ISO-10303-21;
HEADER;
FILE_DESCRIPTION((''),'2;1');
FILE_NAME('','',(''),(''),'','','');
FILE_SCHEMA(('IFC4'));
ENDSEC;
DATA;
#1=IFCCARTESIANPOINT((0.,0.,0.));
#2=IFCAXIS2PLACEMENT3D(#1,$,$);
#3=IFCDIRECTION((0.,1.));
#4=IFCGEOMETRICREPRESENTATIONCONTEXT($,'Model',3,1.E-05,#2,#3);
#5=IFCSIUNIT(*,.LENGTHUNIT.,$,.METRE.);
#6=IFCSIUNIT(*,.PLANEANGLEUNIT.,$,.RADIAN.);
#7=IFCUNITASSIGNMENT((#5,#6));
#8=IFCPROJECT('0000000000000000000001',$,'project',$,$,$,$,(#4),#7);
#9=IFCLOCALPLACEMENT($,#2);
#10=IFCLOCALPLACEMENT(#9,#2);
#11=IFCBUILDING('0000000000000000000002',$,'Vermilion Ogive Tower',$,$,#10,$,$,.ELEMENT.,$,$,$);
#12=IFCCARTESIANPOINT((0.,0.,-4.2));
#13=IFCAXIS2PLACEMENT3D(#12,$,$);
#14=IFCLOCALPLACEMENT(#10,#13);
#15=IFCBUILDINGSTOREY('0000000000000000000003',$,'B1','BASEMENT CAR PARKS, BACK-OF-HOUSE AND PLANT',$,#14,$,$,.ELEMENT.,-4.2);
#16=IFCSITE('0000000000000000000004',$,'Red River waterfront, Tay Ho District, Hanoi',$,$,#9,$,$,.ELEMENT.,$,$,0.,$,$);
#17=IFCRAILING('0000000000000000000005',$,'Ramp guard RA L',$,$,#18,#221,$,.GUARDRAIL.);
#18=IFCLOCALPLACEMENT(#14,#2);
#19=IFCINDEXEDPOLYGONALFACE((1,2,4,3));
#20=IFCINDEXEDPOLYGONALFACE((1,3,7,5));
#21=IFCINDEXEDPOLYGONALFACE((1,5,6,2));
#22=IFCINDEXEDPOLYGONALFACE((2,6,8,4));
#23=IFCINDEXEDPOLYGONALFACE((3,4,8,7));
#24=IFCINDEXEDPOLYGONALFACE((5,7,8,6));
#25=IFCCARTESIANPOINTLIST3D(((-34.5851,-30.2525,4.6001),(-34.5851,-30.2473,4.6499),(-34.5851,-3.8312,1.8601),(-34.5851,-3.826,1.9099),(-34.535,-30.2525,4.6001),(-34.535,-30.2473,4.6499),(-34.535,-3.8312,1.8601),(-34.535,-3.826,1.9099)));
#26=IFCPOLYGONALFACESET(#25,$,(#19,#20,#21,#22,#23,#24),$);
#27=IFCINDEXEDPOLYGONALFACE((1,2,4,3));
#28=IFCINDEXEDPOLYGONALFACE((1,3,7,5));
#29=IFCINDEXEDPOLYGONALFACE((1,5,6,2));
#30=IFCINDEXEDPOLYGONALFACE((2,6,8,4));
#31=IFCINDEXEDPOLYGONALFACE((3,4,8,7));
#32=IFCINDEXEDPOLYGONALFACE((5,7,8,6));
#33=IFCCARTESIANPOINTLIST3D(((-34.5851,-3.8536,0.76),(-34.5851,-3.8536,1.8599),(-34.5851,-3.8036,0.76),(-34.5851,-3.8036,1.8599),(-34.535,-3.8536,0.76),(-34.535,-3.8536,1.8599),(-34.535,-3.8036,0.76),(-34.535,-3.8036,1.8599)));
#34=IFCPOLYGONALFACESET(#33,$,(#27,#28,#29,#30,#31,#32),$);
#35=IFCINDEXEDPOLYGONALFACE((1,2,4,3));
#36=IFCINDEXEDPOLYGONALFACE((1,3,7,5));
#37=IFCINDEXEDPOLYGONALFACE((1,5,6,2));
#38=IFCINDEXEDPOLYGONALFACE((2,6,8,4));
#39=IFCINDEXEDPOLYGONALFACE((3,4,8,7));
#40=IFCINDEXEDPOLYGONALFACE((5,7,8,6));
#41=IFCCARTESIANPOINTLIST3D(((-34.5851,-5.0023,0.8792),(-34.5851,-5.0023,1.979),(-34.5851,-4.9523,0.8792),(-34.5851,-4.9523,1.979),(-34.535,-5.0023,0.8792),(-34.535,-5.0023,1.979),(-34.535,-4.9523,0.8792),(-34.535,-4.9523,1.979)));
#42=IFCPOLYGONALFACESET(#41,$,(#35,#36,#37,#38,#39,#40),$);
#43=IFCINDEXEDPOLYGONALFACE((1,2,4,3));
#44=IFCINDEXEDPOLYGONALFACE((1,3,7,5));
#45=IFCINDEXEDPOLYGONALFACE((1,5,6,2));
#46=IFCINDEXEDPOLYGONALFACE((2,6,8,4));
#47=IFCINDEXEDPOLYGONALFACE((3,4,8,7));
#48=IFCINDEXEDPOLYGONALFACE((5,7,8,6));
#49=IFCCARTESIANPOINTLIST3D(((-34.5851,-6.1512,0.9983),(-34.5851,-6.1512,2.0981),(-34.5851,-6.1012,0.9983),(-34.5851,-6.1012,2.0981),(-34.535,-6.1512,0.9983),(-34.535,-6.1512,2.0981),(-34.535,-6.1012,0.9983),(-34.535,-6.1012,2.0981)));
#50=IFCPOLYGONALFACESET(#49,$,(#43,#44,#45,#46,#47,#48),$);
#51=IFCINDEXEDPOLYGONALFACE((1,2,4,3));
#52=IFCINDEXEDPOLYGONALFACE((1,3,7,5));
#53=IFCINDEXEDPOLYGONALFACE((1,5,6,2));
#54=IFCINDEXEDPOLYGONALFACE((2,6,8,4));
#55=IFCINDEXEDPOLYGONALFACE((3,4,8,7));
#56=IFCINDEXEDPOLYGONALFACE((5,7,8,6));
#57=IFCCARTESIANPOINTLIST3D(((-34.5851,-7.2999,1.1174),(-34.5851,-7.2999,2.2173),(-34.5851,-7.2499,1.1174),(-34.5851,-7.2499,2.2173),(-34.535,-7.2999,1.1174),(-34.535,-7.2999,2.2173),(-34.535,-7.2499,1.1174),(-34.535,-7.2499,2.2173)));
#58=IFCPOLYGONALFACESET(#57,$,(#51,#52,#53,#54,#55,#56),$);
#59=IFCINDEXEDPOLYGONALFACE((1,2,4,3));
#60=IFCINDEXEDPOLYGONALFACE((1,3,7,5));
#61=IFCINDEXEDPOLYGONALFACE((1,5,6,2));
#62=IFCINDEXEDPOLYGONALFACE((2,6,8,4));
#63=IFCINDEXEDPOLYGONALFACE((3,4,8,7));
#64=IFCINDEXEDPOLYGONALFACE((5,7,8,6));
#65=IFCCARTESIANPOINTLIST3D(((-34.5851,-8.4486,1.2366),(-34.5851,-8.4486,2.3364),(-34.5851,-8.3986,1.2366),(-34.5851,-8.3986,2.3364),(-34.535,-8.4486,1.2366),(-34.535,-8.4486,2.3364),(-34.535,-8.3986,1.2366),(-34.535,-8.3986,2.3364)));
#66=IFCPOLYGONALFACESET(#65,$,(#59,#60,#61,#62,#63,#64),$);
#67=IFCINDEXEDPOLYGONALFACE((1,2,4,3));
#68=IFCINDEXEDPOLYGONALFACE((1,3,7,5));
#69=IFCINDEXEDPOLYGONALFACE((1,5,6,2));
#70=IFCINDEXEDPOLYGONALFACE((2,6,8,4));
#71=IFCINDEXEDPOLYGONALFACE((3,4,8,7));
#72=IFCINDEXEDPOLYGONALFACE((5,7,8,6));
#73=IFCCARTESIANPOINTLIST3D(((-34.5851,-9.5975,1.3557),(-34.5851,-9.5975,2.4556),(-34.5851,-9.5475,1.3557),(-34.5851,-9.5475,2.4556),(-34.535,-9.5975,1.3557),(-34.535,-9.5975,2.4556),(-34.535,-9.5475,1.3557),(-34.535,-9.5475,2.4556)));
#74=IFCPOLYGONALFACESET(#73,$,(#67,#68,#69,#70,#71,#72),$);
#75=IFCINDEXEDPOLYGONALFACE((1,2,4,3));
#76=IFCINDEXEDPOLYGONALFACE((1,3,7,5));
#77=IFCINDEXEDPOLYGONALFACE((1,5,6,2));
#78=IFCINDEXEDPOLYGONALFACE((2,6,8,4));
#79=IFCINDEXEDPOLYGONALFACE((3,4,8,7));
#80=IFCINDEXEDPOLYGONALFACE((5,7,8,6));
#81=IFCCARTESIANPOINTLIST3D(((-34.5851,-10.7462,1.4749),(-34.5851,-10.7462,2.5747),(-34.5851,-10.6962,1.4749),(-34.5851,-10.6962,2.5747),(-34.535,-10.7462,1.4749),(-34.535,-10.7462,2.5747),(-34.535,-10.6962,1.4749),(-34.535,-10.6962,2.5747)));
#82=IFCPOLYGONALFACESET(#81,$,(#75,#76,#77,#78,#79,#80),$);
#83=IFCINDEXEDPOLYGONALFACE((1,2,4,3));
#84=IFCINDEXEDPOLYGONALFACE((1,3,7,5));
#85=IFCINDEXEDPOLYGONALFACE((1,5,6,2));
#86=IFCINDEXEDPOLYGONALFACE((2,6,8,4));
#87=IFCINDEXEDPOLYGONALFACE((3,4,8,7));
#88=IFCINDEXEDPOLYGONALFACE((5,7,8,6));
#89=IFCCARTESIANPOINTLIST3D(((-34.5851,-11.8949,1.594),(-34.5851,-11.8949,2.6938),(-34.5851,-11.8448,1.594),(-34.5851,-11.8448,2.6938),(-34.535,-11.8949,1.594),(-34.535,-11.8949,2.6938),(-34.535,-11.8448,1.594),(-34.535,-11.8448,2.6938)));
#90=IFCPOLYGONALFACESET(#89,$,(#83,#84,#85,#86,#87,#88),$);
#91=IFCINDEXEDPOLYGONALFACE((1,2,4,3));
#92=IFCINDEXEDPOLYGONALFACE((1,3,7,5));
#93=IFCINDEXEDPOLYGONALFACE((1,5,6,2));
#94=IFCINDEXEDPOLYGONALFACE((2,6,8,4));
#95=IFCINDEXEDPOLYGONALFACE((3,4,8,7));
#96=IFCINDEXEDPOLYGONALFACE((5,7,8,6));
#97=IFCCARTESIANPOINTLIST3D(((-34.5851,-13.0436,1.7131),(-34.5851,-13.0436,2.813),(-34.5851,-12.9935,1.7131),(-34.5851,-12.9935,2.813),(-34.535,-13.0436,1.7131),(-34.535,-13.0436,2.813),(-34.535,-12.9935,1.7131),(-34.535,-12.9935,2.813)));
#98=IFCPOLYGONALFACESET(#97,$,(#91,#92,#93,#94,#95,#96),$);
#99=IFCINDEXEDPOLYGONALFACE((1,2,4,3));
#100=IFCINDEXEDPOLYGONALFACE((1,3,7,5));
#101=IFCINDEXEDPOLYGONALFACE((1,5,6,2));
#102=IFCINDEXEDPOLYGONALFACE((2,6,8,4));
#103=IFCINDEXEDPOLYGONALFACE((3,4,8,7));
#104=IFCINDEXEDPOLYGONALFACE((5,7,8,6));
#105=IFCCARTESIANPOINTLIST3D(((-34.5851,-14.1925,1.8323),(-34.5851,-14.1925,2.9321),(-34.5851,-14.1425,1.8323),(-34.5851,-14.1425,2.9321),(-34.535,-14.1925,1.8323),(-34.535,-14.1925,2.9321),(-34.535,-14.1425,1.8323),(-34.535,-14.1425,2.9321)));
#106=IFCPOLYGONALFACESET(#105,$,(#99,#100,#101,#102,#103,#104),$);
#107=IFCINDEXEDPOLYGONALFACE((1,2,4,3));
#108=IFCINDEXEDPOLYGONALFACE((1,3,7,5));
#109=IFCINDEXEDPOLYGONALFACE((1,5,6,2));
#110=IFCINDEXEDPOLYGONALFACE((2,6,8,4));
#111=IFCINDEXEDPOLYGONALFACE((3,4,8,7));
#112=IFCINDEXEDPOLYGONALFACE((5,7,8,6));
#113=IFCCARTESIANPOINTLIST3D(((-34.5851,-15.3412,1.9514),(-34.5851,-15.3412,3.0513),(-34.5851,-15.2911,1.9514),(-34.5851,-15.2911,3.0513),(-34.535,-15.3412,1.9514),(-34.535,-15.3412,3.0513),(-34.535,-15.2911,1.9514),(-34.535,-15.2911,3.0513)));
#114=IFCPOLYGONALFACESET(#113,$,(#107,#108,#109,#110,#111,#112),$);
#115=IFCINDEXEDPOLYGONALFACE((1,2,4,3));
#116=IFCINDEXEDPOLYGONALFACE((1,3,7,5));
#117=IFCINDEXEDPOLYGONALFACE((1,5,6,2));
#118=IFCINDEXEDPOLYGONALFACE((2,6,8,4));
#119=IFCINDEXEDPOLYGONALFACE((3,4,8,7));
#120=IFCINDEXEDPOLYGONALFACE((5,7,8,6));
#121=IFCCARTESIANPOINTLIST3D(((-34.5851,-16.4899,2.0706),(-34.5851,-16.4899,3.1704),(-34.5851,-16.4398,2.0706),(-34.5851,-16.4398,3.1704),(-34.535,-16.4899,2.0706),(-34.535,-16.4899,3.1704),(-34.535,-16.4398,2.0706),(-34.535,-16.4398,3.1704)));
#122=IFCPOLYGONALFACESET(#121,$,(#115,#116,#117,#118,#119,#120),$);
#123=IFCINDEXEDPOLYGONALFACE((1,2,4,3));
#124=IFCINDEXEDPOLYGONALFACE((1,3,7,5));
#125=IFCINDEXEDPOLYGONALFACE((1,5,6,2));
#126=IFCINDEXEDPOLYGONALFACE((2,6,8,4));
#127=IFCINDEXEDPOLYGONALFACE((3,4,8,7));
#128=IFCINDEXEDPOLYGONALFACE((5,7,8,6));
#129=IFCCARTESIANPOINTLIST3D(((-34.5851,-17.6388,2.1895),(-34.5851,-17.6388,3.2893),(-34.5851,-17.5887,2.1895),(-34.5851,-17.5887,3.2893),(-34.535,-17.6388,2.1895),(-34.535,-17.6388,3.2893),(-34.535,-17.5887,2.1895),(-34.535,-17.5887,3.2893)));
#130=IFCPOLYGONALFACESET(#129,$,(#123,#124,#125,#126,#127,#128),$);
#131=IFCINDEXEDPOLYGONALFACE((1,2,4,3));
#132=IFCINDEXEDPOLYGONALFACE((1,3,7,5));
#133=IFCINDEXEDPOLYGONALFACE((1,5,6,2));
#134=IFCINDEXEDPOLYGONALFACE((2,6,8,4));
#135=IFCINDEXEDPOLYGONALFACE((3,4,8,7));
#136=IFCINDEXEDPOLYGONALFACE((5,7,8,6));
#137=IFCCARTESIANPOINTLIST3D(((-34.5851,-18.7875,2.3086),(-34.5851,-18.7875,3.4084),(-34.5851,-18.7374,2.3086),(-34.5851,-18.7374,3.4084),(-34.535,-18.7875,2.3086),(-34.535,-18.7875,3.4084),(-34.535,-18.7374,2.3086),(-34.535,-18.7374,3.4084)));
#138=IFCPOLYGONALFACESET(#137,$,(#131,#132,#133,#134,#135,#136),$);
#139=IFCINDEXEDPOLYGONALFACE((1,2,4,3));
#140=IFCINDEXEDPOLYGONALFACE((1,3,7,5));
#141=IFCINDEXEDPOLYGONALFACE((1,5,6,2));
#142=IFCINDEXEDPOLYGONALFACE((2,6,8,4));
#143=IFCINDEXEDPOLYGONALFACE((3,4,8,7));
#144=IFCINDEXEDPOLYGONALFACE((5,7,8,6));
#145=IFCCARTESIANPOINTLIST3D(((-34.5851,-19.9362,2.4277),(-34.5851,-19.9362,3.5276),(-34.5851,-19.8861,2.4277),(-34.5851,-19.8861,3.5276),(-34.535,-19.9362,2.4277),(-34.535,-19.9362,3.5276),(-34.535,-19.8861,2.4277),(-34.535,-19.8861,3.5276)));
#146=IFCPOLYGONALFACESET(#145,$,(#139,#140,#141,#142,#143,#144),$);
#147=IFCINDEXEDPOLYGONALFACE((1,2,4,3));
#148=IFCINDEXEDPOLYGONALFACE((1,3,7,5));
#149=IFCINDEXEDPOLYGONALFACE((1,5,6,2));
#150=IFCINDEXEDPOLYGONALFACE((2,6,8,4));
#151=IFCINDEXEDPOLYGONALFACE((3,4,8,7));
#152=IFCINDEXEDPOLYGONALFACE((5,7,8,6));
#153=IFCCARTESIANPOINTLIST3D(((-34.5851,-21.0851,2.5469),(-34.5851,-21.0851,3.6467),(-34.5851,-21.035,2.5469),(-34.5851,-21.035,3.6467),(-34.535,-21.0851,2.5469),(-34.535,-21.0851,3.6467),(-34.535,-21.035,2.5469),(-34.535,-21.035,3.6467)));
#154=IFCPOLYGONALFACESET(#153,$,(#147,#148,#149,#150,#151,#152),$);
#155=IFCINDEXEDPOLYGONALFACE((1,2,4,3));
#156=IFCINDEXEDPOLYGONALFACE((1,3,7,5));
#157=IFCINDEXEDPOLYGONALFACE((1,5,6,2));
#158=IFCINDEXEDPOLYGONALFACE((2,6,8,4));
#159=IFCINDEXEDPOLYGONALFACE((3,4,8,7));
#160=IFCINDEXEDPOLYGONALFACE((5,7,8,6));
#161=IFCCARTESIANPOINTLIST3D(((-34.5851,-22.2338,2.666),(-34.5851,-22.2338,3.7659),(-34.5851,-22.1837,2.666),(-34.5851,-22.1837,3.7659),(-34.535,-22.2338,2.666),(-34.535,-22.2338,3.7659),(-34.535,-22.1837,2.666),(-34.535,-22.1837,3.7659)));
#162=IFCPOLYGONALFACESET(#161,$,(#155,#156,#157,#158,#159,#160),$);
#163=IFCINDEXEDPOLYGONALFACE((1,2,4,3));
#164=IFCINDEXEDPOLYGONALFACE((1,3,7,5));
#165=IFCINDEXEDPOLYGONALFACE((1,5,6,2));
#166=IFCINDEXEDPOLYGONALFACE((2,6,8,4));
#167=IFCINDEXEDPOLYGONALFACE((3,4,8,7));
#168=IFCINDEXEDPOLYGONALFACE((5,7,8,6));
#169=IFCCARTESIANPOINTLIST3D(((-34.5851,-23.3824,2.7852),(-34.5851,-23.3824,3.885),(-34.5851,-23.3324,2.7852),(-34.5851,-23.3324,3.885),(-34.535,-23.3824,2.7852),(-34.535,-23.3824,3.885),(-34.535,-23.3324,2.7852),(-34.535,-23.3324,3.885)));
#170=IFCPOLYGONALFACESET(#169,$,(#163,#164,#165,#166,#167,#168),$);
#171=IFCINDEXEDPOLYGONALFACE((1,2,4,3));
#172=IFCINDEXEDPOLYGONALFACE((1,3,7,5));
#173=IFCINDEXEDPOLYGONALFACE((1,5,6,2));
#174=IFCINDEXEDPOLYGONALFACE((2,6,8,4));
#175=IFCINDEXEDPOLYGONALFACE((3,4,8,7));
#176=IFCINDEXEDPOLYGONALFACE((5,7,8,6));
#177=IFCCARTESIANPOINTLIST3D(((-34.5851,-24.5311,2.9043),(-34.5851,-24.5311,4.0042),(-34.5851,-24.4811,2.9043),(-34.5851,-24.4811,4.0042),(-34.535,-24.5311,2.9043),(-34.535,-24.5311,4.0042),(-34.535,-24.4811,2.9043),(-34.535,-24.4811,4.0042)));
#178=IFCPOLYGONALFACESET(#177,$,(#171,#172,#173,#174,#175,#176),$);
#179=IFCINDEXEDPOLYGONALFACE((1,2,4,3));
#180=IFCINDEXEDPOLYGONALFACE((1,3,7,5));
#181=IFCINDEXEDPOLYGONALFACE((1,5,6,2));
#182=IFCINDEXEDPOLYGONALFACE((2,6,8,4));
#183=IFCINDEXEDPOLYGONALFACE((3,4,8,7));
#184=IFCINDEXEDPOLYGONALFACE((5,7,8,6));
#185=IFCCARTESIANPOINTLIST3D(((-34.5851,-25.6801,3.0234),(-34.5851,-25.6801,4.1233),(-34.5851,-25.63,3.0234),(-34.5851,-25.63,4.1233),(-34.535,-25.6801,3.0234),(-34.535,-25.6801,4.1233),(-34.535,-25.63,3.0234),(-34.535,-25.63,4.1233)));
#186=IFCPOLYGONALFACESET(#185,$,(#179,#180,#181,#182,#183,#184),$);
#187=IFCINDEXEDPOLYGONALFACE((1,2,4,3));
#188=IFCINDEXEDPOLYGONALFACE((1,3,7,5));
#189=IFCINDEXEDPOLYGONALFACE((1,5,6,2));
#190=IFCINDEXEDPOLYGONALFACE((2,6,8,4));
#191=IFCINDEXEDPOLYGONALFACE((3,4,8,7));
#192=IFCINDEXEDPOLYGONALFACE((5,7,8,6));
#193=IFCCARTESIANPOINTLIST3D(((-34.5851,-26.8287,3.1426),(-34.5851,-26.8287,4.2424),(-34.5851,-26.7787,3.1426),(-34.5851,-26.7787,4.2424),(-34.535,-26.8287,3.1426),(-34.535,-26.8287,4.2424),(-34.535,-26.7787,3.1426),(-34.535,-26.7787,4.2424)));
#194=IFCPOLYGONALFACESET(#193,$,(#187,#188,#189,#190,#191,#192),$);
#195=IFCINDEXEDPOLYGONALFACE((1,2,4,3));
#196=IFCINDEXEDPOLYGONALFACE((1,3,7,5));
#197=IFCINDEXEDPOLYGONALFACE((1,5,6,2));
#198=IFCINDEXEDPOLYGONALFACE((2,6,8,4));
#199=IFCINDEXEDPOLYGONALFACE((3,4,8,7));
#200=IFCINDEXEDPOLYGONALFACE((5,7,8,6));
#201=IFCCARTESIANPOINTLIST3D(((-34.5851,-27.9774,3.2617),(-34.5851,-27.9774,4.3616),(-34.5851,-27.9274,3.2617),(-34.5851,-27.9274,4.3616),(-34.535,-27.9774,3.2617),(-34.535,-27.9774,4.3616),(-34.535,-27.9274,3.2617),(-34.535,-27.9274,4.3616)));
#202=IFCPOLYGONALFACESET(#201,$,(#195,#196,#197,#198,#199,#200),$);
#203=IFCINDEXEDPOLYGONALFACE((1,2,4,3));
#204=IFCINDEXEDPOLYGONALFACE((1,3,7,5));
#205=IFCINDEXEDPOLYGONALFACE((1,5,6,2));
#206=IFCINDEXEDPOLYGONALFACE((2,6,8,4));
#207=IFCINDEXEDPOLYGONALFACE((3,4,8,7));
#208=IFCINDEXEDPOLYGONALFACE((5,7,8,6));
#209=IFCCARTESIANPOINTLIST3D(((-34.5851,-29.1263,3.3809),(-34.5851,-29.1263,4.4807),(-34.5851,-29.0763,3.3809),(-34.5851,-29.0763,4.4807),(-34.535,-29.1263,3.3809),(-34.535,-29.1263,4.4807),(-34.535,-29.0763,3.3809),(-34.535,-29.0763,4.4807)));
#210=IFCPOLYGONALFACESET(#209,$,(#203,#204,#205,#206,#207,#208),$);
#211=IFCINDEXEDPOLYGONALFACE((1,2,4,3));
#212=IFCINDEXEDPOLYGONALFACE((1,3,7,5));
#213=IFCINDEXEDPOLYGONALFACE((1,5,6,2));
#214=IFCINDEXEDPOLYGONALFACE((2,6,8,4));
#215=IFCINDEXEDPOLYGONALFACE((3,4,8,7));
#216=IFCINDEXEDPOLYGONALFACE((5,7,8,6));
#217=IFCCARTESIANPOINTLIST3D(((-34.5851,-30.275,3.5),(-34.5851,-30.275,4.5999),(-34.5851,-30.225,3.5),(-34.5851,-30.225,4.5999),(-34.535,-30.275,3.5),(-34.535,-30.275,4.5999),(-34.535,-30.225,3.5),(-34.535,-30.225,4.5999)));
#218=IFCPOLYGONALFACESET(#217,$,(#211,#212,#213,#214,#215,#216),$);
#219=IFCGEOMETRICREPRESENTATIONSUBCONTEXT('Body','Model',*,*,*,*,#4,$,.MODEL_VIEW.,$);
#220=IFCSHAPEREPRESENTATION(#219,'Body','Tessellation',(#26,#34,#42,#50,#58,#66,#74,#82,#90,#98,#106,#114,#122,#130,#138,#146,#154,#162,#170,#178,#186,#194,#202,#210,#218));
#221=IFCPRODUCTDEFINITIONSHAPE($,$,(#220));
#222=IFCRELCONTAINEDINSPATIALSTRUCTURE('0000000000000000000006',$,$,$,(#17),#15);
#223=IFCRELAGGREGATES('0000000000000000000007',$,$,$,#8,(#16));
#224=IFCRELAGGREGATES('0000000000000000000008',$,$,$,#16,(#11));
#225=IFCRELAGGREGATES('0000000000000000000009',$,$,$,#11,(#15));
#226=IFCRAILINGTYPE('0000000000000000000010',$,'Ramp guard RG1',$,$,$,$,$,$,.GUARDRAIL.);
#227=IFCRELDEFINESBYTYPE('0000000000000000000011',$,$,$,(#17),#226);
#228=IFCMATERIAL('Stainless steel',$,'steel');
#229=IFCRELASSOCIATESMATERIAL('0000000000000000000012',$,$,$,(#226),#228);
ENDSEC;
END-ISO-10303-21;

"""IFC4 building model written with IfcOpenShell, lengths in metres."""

from ifc_helpers import new_model, si_unit, direction, frame, origin, origin_2d, place, context, subcontext, project, spatial, rectangle, extrude, material, type_object, element, save


model = new_model("IFC4")

# Units and contexts
model_context = context("Model", 3, precision=1e-05, world=origin(), true_north=direction((0.0, 1.0)))
body_context = subcontext(model_context, "Body", "Model", "MODEL_VIEW")
ifc_project = project(units=[si_unit("LENGTHUNIT", "METRE"), si_unit("PLANEANGLEUNIT", "RADIAN")], contexts=[model_context])

# Site, building, storey
site_placement = place(None, origin())
site = spatial("IfcSite", under=ifc_project, at=site_placement, Name="Red River waterfront, Tay Ho District, Hanoi", CompositionType="ELEMENT", RefElevation=0.0)
building_placement = place(site_placement, origin())
building = spatial("IfcBuilding", under=site, at=building_placement, Name="Vermilion Ogive Tower", CompositionType="ELEMENT")
storey_placement = place(building_placement, frame((0.0, 0.0, -4.2)))
storey = spatial("IfcBuildingStorey", under=building, at=storey_placement, Name="B1", Description="BASEMENT CAR PARKS, BACK-OF-HOUSE AND PLANT", CompositionType="ELEMENT", Elevation=-4.2)

# Railing
ifc_material_1 = material(Name="Stainless steel", Category="steel")
railing_type = type_object("IfcRailingType", Name="Ramp guard RG1", PredefinedType="GUARDRAIL", material=ifc_material_1)
railing_1_placement = place(storey_placement, frame((-34.5601, -3.8286, 0.76)))
element("IfcRailing", 1, at=railing_1_placement, inside=storey, type_object=railing_type, Name="Ramp guard RA L", PredefinedType="GUARDRAIL", context=body_context, shape_type="SweptSolid", body=[
    extrude(rectangle(XDim=0.05, YDim=0.05, at=origin_2d()), frame((0.0, 0.0, 1.125), z_axis=(0.0, -0.994666, 0.10315), x_axis=(1.0, 0.0, 0.0)), (0.0, 0.0, 1.0), 26.563),
    extrude(rectangle(XDim=0.05, YDim=0.05, at=origin_2d()), origin(), (0.0, 0.0, 1.0), 1.0999),
    extrude(rectangle(XDim=0.05, YDim=0.05, at=origin_2d()), frame((0.0, -1.1487, 0.1191)), (0.0, 0.0, 1.0), 1.0999),
    extrude(rectangle(XDim=0.05, YDim=0.05, at=origin_2d()), frame((0.0, -2.2976, 0.2383)), (0.0, 0.0, 1.0), 1.0999),
    extrude(rectangle(XDim=0.05, YDim=0.05, at=origin_2d()), frame((0.0, -3.4463, 0.3574)), (0.0, 0.0, 1.0), 1.0999),
    extrude(rectangle(XDim=0.05, YDim=0.05, at=origin_2d()), frame((0.0, -4.595, 0.4766)), (0.0, 0.0, 1.0), 1.0999),
    extrude(rectangle(XDim=0.05, YDim=0.05, at=origin_2d()), frame((0.0, -5.7439, 0.5957)), (0.0, 0.0, 1.0), 1.0999),
    extrude(rectangle(XDim=0.05, YDim=0.05, at=origin_2d()), frame((0.0, -6.8926, 0.7148)), (0.0, 0.0, 1.0), 1.0999),
    extrude(rectangle(XDim=0.05, YDim=0.05, at=origin_2d()), frame((0.0, -8.0413, 0.834)), (0.0, 0.0, 1.0), 1.0999),
    extrude(rectangle(XDim=0.05, YDim=0.05, at=origin_2d()), frame((0.0, -9.1899, 0.9531)), (0.0, 0.0, 1.0), 1.0999),
    extrude(rectangle(XDim=0.05, YDim=0.05, at=origin_2d()), frame((0.0, -10.3389, 1.0723)), (0.0, 0.0, 1.0), 1.0999),
    extrude(rectangle(XDim=0.05, YDim=0.05, at=origin_2d()), frame((0.0, -11.4875, 1.1914)), (0.0, 0.0, 1.0), 1.0999),
    extrude(rectangle(XDim=0.05, YDim=0.05, at=origin_2d()), frame((0.0, -12.6362, 1.3105)), (0.0, 0.0, 1.0), 1.0999),
    extrude(rectangle(XDim=0.05, YDim=0.05, at=origin_2d()), frame((0.0, -13.7852, 1.4294)), (0.0, 0.0, 1.0), 1.0999),
    extrude(rectangle(XDim=0.05, YDim=0.05, at=origin_2d()), frame((0.0, -14.9338, 1.5486)), (0.0, 0.0, 1.0), 1.0999),
    extrude(rectangle(XDim=0.05, YDim=0.05, at=origin_2d()), frame((0.0, -16.0825, 1.6677)), (0.0, 0.0, 1.0), 1.0999),
    extrude(rectangle(XDim=0.05, YDim=0.05, at=origin_2d()), frame((0.0, -17.2314, 1.7869)), (0.0, 0.0, 1.0), 1.0999),
    extrude(rectangle(XDim=0.05, YDim=0.05, at=origin_2d()), frame((0.0, -18.3801, 1.906)), (0.0, 0.0, 1.0), 1.0999),
    extrude(rectangle(XDim=0.05, YDim=0.05, at=origin_2d()), frame((0.0, -19.5288, 2.0251)), (0.0, 0.0, 1.0), 1.0999),
    extrude(rectangle(XDim=0.05, YDim=0.05, at=origin_2d()), frame((0.0, -20.6775, 2.1443)), (0.0, 0.0, 1.0), 1.0999),
    extrude(rectangle(XDim=0.05, YDim=0.05, at=origin_2d()), frame((0.0, -21.8264, 2.2634)), (0.0, 0.0, 1.0), 1.0999),
    extrude(rectangle(XDim=0.05, YDim=0.05, at=origin_2d()), frame((0.0, -22.9751, 2.3826)), (0.0, 0.0, 1.0), 1.0999),
    extrude(rectangle(XDim=0.05, YDim=0.05, at=origin_2d()), frame((0.0, -24.1238, 2.5017)), (0.0, 0.0, 1.0), 1.0999),
    extrude(rectangle(XDim=0.05, YDim=0.05, at=origin_2d()), frame((0.0, -25.2727, 2.6208)), (0.0, 0.0, 1.0), 1.0999),
    extrude(rectangle(XDim=0.05, YDim=0.05, at=origin_2d()), frame((0.0, -26.4214, 2.74)), (0.0, 0.0, 1.0), 1.0999),
])

save(model, "model.ifc")
